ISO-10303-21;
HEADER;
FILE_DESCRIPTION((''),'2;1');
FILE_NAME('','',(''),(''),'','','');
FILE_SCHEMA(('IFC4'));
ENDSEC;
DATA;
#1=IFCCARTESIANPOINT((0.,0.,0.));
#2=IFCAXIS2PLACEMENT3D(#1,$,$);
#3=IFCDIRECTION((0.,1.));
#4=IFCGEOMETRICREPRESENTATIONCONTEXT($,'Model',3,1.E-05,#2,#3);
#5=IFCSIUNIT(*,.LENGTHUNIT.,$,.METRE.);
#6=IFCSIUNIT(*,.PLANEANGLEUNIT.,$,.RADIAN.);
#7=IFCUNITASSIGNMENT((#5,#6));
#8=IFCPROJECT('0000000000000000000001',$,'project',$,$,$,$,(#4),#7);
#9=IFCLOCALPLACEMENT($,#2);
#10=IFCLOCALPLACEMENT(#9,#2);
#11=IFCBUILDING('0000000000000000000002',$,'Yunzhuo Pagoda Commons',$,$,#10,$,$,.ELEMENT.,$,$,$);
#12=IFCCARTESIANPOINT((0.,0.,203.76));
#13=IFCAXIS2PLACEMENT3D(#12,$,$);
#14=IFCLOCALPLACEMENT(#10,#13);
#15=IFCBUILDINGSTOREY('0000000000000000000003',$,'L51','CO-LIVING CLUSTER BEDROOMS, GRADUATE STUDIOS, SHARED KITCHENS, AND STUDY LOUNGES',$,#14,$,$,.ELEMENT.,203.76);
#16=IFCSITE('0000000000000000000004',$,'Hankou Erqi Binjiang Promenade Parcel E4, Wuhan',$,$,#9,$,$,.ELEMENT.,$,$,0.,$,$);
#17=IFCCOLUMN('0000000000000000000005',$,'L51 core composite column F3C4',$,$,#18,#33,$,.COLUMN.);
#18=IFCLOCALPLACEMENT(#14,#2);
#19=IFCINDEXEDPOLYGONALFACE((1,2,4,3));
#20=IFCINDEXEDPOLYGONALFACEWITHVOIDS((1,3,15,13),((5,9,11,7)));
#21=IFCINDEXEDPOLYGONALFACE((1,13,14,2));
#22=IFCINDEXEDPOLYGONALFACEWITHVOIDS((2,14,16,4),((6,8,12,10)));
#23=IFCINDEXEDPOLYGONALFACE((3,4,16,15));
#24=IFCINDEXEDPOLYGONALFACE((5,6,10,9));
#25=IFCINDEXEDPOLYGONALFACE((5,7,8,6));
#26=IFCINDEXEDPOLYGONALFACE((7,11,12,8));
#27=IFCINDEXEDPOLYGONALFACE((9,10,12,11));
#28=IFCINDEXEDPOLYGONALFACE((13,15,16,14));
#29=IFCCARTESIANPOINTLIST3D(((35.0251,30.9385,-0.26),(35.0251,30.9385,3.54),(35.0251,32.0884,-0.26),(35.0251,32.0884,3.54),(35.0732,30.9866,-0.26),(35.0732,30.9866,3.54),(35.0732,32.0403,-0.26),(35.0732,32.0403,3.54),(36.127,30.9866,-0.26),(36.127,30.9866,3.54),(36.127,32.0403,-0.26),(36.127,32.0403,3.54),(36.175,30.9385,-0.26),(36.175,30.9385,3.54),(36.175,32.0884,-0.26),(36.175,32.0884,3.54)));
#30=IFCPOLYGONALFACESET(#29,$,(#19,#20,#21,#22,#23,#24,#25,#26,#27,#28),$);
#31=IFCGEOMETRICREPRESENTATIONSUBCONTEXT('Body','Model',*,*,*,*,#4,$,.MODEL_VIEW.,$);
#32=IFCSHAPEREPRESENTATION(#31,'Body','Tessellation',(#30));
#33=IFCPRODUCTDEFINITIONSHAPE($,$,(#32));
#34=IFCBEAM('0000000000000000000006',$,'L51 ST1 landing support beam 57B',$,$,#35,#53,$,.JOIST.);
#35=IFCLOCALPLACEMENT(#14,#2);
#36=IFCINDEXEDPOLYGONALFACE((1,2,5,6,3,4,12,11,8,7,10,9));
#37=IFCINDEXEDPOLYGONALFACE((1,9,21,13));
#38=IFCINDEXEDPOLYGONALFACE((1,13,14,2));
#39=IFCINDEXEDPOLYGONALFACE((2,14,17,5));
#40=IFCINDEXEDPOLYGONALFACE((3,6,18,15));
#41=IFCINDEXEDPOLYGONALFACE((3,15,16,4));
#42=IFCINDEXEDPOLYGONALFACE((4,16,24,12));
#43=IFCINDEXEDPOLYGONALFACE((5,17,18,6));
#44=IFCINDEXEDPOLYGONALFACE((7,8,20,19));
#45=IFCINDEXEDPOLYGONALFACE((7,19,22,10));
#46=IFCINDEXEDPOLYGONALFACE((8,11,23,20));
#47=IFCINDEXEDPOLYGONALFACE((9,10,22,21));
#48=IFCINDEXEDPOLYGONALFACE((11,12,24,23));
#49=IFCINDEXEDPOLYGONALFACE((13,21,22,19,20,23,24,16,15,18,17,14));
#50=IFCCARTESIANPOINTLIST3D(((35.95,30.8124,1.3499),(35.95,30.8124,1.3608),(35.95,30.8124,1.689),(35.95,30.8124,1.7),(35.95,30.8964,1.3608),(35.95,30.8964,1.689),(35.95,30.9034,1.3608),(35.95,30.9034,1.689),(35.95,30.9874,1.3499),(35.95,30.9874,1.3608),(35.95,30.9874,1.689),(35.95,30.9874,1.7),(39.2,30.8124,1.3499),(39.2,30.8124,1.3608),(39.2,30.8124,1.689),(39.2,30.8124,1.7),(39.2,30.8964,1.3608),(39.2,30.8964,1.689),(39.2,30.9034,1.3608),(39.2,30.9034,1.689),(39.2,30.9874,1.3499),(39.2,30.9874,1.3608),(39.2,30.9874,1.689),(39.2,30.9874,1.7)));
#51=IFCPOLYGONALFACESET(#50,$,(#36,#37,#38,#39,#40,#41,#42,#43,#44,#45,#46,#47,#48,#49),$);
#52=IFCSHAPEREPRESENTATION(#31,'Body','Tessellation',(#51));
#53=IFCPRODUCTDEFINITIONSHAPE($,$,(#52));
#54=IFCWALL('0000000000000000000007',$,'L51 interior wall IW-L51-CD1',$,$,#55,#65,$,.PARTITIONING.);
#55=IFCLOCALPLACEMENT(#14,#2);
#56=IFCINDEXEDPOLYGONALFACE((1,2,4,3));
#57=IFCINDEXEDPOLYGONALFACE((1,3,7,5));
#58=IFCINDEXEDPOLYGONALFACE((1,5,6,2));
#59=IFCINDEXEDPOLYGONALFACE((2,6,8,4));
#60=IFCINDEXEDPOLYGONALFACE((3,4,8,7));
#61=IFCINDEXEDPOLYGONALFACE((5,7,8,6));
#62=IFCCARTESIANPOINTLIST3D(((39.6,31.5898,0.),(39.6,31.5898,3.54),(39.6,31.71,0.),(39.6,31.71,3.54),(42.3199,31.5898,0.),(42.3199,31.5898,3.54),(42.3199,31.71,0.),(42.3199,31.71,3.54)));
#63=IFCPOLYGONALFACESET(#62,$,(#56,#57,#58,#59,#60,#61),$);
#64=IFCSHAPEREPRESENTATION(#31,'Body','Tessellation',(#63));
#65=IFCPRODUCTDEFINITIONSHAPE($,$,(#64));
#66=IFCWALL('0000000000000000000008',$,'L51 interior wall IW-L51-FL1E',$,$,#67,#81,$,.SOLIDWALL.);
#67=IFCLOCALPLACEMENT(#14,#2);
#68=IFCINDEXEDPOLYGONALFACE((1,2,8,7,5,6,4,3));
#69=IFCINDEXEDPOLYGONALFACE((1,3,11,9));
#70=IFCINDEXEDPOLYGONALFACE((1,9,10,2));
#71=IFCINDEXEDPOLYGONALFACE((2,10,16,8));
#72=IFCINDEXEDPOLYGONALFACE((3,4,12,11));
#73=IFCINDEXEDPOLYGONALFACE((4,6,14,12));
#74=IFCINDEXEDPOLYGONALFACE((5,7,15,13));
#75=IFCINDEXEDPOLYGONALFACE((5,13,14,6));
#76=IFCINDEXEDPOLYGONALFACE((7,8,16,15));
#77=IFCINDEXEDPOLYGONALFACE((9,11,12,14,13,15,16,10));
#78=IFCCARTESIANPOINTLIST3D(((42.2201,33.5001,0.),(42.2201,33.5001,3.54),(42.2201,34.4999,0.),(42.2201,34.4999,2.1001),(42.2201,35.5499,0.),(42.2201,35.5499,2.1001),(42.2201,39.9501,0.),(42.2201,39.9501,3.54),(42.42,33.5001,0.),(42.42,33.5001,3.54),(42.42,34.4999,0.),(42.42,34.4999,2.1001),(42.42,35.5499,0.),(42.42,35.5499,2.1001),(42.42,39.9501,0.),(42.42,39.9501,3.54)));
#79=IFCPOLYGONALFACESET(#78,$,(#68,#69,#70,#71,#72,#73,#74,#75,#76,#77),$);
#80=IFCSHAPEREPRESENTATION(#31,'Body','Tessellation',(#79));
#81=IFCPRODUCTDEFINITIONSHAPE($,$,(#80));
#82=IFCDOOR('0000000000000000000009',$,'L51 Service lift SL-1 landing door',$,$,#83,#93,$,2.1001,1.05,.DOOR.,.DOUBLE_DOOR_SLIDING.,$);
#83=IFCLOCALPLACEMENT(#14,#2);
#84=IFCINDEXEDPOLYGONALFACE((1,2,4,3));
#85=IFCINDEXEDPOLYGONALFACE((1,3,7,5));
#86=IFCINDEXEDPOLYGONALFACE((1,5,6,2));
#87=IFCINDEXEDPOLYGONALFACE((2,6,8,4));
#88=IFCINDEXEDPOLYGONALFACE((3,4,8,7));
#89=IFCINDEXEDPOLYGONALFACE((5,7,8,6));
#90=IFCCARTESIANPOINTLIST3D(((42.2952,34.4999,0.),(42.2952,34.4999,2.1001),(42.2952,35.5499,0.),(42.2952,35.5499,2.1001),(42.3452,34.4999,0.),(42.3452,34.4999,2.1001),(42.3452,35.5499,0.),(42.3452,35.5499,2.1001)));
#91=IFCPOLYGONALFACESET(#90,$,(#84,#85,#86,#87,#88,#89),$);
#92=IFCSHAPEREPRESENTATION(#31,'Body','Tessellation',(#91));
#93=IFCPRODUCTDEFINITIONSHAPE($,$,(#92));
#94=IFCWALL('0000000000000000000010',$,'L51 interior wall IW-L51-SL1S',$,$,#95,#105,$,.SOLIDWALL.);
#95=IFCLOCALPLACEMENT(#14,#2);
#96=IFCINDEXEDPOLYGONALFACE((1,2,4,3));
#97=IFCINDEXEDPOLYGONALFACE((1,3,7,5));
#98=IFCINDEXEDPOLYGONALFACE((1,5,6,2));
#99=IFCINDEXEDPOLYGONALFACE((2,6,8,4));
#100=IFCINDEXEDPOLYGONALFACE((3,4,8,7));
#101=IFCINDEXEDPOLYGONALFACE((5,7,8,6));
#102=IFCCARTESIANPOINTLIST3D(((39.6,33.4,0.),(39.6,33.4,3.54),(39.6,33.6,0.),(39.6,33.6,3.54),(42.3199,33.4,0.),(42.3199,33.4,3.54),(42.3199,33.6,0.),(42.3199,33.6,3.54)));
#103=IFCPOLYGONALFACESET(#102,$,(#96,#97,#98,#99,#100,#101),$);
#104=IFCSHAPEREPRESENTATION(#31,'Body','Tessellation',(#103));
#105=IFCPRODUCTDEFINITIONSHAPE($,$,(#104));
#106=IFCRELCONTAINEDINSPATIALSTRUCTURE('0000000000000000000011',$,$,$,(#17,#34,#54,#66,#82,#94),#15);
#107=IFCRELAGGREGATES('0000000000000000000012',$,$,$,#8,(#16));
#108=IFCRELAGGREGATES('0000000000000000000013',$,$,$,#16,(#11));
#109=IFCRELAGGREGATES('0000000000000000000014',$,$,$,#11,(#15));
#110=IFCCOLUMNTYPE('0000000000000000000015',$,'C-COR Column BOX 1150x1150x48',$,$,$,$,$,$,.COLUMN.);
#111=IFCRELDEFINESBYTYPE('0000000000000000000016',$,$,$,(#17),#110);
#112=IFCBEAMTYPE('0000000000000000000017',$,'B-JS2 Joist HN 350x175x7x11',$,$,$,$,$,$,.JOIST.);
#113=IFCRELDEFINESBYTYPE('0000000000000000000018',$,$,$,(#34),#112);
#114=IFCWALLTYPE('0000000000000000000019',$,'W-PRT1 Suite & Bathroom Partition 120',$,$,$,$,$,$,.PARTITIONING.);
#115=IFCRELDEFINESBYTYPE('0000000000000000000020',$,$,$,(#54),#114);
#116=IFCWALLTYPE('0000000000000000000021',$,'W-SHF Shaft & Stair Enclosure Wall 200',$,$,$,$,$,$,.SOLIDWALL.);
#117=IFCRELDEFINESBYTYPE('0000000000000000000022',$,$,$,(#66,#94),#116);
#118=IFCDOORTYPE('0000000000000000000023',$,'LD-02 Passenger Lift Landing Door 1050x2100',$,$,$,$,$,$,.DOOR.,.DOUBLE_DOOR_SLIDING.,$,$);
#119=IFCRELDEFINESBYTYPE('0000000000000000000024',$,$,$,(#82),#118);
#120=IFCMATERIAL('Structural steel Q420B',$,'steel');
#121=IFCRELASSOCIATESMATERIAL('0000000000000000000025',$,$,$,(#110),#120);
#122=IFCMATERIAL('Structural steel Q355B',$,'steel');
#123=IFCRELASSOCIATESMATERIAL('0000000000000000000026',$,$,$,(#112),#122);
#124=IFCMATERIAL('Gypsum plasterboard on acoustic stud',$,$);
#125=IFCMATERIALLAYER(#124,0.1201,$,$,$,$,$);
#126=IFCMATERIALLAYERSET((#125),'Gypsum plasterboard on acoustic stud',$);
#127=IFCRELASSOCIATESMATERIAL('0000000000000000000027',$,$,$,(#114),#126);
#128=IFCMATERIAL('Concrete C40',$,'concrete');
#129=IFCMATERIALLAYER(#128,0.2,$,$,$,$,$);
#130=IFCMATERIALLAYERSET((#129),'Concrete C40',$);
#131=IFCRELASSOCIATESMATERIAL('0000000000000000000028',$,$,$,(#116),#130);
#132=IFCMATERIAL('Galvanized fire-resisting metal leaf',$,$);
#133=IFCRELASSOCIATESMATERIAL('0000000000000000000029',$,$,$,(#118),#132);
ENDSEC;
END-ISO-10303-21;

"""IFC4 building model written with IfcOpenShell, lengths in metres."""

from ifc_helpers import new_model, si_unit, direction, frame, frame_2d, origin, origin_with_axes, origin_2d, place, context, subcontext, project, spatial, rectangle, hollow_rectangle, i_section, extrude, source, transform, mapped, material, layer, layer_set, material_profile, profile_set, type_object, element, fill, save


model = new_model("IFC4")

# Units and contexts
model_context = context("Model", 3, precision=1e-05, world=origin(), true_north=direction((0.0, 1.0)))
body_context = subcontext(model_context, "Body", "Model", "MODEL_VIEW")
ifc_project = project(units=[si_unit("LENGTHUNIT", "METRE"), si_unit("PLANEANGLEUNIT", "RADIAN")], contexts=[model_context])

# Site, building, storey
site_placement = place(None, origin())
site = spatial("IfcSite", under=ifc_project, at=site_placement, Name="Hankou Erqi Binjiang Promenade Parcel E4, Wuhan", CompositionType="ELEMENT", RefElevation=0.0)
building_placement = place(site_placement, origin())
building = spatial("IfcBuilding", under=site, at=building_placement, Name="Yunzhuo Pagoda Commons", CompositionType="ELEMENT")
storey_placement = place(building_placement, frame((0.0, 0.0, 203.76)))
storey = spatial("IfcBuildingStorey", under=building, at=storey_placement, Name="L51", Description="CO-LIVING CLUSTER BEDROOMS, GRADUATE STUDIOS, SHARED KITCHENS, AND STUDY LOUNGES", CompositionType="ELEMENT", Elevation=203.76)

# Column
ifc_material_1 = material(Name="Structural steel Q420B", Category="steel")
ifc_material_profile_1 = material_profile(ifc_material_1, hollow_rectangle(XDim=1.1499, YDim=1.1499, WallThickness=0.0481, at=origin_2d()), Name="Structural steel Q420B")
ifc_profile_set_1 = profile_set([ifc_material_profile_1], Name="Structural steel Q420B")
column_type = type_object("IfcColumnType", Name="C-COR Column BOX 1150x1150x48", PredefinedType="COLUMN", material=ifc_profile_set_1)
shared_shape_1 = source(origin(), body_context, "Body", "SweptSolid", [
    extrude(hollow_rectangle(XDim=1.1499, YDim=1.1499, WallThickness=0.0481, at=origin_2d()), origin(), (0.0, 0.0, 1.0), 3.8),
])
column_placement = place(storey_placement, frame((35.6001, 31.5134, -0.26), z_axis=(0.0, 0.0, 1.0), x_axis=(1.0, 0.0, 0.0)))
element("IfcColumn", 1, at=column_placement, inside=storey, type_object=column_type, Name="L51 core composite column F3C4", PredefinedType="COLUMN", context=body_context, shape_type="MappedRepresentation", body=[
    mapped(shared_shape_1, transform((0.0, 0.0, 0.0), scale=1.0)),
])

# Beam
ifc_material_2 = material(Name="Structural steel Q355B", Category="steel")
ifc_material_profile_2 = material_profile(ifc_material_2, i_section(OverallWidth=0.175, OverallDepth=0.3501, WebThickness=0.0071, FlangeThickness=0.011, at=origin_2d()), Name="Structural steel Q355B")
ifc_profile_set_2 = profile_set([ifc_material_profile_2], Name="Structural steel Q355B")
beam_type = type_object("IfcBeamType", Name="B-JS2 Joist HN 350x175x7x11", PredefinedType="JOIST", material=ifc_profile_set_2)
shared_shape_2 = source(origin(), body_context, "Body", "SweptSolid", [
    extrude(i_section(OverallWidth=0.175, OverallDepth=0.3501, WebThickness=0.0071, FlangeThickness=0.011, at=origin_2d()), origin(), (0.0, 0.0, 1.0), 3.25),
])
beam_placement = place(storey_placement, frame((35.95, 30.8999, 1.5249), z_axis=(1.0, 0.0, 0.0), x_axis=(0.0, 1.0, 0.0)))
element("IfcBeam", 2, at=beam_placement, inside=storey, type_object=beam_type, Name="L51 ST1 landing support beam 57B", PredefinedType="JOIST", context=body_context, shape_type="MappedRepresentation", body=[
    mapped(shared_shape_2, transform((0.0, 0.0, 0.0), scale=1.0)),
])

# Wall
ifc_material_3 = material(Name="Gypsum plasterboard on acoustic stud")
ifc_layer_1 = layer(ifc_material_3, 0.1201)
ifc_layer_set_1 = layer_set([ifc_layer_1], Name="Gypsum plasterboard on acoustic stud")
wall_type_1 = type_object("IfcWallType", Name="W-PRT1 Suite & Bathroom Partition 120", PredefinedType="PARTITIONING", material=ifc_layer_set_1)
wall_1_placement = place(storey_placement, frame((39.6001, 31.6499, 0.0), z_axis=(0.0, 0.0, 1.0), x_axis=(1.0, 0.0, 0.0)))
element("IfcWall", 3, at=wall_1_placement, inside=storey, type_object=wall_type_1, Name="L51 interior wall IW-L51-CD1", PredefinedType="PARTITIONING", context=body_context, shape_type="SweptSolid", body=[
    extrude(rectangle(XDim=2.72, YDim=0.1201, at=frame_2d((1.3599, 0.0))), origin(), (0.0, 0.0, 1.0), 3.54),
])

# Wall, opening, door
ifc_material_4 = material(Name="Concrete C40", Category="concrete")
ifc_layer_2 = layer(ifc_material_4, 0.2)
ifc_layer_set_2 = layer_set([ifc_layer_2], Name="Concrete C40")
wall_type_2 = type_object("IfcWallType", Name="W-SHF Shaft & Stair Enclosure Wall 200", PredefinedType="SOLIDWALL", material=ifc_layer_set_2)
wall_2_placement = place(storey_placement, frame((42.3201, 33.5, 0.0), z_axis=(0.0, 0.0, 1.0), x_axis=(0.0, 1.0, 0.0)))
wall_2 = element("IfcWall", 4, at=wall_2_placement, inside=storey, type_object=wall_type_2, Name="L51 interior wall IW-L51-FL1E", PredefinedType="SOLIDWALL", context=body_context, shape_type="SweptSolid", body=[
    extrude(rectangle(XDim=6.45, YDim=0.2, at=frame_2d((3.2251, 0.0))), origin(), (0.0, 0.0, 1.0), 3.54),
])
opening_1_placement = place(wall_2_placement, frame((1.0, 0.0, 0.0)))
opening_1 = element("IfcOpeningElement", 5, at=opening_1_placement, cuts=wall_2, PredefinedType="OPENING", context=body_context, shape_type="SweptSolid", body=[
    extrude(rectangle(XDim=1.05, YDim=2.1001, at=frame_2d((0.5249, 1.05))), frame((0.0, 0.1099, 0.0), z_axis=(0.0, -1.0, 0.0), x_axis=(1.0, 0.0, 0.0)), (0.0, 0.0, 1.0), 0.22),
])
ifc_material_5 = material(Name="Galvanized fire-resisting metal leaf")
door_type = type_object("IfcDoorType", Name="LD-02 Passenger Lift Landing Door 1050x2100", OperationType="DOUBLE_DOOR_SLIDING", PredefinedType="DOOR", material=ifc_material_5)
shared_shape_3 = source(origin(), body_context, "Body", "SweptSolid", [
    extrude(rectangle(XDim=1.05, YDim=2.1001, at=frame_2d((0.5249, 1.05))), frame((0.0, 0.0249, 0.0), z_axis=(0.0, -1.0, 0.0), x_axis=(1.0, 0.0, 0.0)), (0.0, 0.0, 1.0), 0.05),
])
door_1_placement = place(opening_1_placement, origin_with_axes())
door_1 = element("IfcDoor", 6, at=door_1_placement, inside=storey, type_object=door_type, Name="L51 Service lift SL-1 landing door", OperationType="DOUBLE_DOOR_SLIDING", OverallHeight=2.1001, OverallWidth=1.05, PredefinedType="DOOR", context=body_context, shape_type="MappedRepresentation", body=[
    mapped(shared_shape_3, transform((0.0, 0.0, 0.0), scale=1.0)),
])
fill(opening_1, door_1)

# Wall
wall_3_placement = place(storey_placement, frame((39.6001, 33.5, 0.0), z_axis=(0.0, 0.0, 1.0), x_axis=(1.0, 0.0, 0.0)))
element("IfcWall", 7, at=wall_3_placement, inside=storey, type_object=wall_type_2, Name="L51 interior wall IW-L51-SL1S", PredefinedType="SOLIDWALL", context=body_context, shape_type="SweptSolid", body=[
    extrude(rectangle(XDim=2.72, YDim=0.2, at=frame_2d((1.3599, 0.0))), origin(), (0.0, 0.0, 1.0), 3.54),
])

save(model, "model.ifc")
